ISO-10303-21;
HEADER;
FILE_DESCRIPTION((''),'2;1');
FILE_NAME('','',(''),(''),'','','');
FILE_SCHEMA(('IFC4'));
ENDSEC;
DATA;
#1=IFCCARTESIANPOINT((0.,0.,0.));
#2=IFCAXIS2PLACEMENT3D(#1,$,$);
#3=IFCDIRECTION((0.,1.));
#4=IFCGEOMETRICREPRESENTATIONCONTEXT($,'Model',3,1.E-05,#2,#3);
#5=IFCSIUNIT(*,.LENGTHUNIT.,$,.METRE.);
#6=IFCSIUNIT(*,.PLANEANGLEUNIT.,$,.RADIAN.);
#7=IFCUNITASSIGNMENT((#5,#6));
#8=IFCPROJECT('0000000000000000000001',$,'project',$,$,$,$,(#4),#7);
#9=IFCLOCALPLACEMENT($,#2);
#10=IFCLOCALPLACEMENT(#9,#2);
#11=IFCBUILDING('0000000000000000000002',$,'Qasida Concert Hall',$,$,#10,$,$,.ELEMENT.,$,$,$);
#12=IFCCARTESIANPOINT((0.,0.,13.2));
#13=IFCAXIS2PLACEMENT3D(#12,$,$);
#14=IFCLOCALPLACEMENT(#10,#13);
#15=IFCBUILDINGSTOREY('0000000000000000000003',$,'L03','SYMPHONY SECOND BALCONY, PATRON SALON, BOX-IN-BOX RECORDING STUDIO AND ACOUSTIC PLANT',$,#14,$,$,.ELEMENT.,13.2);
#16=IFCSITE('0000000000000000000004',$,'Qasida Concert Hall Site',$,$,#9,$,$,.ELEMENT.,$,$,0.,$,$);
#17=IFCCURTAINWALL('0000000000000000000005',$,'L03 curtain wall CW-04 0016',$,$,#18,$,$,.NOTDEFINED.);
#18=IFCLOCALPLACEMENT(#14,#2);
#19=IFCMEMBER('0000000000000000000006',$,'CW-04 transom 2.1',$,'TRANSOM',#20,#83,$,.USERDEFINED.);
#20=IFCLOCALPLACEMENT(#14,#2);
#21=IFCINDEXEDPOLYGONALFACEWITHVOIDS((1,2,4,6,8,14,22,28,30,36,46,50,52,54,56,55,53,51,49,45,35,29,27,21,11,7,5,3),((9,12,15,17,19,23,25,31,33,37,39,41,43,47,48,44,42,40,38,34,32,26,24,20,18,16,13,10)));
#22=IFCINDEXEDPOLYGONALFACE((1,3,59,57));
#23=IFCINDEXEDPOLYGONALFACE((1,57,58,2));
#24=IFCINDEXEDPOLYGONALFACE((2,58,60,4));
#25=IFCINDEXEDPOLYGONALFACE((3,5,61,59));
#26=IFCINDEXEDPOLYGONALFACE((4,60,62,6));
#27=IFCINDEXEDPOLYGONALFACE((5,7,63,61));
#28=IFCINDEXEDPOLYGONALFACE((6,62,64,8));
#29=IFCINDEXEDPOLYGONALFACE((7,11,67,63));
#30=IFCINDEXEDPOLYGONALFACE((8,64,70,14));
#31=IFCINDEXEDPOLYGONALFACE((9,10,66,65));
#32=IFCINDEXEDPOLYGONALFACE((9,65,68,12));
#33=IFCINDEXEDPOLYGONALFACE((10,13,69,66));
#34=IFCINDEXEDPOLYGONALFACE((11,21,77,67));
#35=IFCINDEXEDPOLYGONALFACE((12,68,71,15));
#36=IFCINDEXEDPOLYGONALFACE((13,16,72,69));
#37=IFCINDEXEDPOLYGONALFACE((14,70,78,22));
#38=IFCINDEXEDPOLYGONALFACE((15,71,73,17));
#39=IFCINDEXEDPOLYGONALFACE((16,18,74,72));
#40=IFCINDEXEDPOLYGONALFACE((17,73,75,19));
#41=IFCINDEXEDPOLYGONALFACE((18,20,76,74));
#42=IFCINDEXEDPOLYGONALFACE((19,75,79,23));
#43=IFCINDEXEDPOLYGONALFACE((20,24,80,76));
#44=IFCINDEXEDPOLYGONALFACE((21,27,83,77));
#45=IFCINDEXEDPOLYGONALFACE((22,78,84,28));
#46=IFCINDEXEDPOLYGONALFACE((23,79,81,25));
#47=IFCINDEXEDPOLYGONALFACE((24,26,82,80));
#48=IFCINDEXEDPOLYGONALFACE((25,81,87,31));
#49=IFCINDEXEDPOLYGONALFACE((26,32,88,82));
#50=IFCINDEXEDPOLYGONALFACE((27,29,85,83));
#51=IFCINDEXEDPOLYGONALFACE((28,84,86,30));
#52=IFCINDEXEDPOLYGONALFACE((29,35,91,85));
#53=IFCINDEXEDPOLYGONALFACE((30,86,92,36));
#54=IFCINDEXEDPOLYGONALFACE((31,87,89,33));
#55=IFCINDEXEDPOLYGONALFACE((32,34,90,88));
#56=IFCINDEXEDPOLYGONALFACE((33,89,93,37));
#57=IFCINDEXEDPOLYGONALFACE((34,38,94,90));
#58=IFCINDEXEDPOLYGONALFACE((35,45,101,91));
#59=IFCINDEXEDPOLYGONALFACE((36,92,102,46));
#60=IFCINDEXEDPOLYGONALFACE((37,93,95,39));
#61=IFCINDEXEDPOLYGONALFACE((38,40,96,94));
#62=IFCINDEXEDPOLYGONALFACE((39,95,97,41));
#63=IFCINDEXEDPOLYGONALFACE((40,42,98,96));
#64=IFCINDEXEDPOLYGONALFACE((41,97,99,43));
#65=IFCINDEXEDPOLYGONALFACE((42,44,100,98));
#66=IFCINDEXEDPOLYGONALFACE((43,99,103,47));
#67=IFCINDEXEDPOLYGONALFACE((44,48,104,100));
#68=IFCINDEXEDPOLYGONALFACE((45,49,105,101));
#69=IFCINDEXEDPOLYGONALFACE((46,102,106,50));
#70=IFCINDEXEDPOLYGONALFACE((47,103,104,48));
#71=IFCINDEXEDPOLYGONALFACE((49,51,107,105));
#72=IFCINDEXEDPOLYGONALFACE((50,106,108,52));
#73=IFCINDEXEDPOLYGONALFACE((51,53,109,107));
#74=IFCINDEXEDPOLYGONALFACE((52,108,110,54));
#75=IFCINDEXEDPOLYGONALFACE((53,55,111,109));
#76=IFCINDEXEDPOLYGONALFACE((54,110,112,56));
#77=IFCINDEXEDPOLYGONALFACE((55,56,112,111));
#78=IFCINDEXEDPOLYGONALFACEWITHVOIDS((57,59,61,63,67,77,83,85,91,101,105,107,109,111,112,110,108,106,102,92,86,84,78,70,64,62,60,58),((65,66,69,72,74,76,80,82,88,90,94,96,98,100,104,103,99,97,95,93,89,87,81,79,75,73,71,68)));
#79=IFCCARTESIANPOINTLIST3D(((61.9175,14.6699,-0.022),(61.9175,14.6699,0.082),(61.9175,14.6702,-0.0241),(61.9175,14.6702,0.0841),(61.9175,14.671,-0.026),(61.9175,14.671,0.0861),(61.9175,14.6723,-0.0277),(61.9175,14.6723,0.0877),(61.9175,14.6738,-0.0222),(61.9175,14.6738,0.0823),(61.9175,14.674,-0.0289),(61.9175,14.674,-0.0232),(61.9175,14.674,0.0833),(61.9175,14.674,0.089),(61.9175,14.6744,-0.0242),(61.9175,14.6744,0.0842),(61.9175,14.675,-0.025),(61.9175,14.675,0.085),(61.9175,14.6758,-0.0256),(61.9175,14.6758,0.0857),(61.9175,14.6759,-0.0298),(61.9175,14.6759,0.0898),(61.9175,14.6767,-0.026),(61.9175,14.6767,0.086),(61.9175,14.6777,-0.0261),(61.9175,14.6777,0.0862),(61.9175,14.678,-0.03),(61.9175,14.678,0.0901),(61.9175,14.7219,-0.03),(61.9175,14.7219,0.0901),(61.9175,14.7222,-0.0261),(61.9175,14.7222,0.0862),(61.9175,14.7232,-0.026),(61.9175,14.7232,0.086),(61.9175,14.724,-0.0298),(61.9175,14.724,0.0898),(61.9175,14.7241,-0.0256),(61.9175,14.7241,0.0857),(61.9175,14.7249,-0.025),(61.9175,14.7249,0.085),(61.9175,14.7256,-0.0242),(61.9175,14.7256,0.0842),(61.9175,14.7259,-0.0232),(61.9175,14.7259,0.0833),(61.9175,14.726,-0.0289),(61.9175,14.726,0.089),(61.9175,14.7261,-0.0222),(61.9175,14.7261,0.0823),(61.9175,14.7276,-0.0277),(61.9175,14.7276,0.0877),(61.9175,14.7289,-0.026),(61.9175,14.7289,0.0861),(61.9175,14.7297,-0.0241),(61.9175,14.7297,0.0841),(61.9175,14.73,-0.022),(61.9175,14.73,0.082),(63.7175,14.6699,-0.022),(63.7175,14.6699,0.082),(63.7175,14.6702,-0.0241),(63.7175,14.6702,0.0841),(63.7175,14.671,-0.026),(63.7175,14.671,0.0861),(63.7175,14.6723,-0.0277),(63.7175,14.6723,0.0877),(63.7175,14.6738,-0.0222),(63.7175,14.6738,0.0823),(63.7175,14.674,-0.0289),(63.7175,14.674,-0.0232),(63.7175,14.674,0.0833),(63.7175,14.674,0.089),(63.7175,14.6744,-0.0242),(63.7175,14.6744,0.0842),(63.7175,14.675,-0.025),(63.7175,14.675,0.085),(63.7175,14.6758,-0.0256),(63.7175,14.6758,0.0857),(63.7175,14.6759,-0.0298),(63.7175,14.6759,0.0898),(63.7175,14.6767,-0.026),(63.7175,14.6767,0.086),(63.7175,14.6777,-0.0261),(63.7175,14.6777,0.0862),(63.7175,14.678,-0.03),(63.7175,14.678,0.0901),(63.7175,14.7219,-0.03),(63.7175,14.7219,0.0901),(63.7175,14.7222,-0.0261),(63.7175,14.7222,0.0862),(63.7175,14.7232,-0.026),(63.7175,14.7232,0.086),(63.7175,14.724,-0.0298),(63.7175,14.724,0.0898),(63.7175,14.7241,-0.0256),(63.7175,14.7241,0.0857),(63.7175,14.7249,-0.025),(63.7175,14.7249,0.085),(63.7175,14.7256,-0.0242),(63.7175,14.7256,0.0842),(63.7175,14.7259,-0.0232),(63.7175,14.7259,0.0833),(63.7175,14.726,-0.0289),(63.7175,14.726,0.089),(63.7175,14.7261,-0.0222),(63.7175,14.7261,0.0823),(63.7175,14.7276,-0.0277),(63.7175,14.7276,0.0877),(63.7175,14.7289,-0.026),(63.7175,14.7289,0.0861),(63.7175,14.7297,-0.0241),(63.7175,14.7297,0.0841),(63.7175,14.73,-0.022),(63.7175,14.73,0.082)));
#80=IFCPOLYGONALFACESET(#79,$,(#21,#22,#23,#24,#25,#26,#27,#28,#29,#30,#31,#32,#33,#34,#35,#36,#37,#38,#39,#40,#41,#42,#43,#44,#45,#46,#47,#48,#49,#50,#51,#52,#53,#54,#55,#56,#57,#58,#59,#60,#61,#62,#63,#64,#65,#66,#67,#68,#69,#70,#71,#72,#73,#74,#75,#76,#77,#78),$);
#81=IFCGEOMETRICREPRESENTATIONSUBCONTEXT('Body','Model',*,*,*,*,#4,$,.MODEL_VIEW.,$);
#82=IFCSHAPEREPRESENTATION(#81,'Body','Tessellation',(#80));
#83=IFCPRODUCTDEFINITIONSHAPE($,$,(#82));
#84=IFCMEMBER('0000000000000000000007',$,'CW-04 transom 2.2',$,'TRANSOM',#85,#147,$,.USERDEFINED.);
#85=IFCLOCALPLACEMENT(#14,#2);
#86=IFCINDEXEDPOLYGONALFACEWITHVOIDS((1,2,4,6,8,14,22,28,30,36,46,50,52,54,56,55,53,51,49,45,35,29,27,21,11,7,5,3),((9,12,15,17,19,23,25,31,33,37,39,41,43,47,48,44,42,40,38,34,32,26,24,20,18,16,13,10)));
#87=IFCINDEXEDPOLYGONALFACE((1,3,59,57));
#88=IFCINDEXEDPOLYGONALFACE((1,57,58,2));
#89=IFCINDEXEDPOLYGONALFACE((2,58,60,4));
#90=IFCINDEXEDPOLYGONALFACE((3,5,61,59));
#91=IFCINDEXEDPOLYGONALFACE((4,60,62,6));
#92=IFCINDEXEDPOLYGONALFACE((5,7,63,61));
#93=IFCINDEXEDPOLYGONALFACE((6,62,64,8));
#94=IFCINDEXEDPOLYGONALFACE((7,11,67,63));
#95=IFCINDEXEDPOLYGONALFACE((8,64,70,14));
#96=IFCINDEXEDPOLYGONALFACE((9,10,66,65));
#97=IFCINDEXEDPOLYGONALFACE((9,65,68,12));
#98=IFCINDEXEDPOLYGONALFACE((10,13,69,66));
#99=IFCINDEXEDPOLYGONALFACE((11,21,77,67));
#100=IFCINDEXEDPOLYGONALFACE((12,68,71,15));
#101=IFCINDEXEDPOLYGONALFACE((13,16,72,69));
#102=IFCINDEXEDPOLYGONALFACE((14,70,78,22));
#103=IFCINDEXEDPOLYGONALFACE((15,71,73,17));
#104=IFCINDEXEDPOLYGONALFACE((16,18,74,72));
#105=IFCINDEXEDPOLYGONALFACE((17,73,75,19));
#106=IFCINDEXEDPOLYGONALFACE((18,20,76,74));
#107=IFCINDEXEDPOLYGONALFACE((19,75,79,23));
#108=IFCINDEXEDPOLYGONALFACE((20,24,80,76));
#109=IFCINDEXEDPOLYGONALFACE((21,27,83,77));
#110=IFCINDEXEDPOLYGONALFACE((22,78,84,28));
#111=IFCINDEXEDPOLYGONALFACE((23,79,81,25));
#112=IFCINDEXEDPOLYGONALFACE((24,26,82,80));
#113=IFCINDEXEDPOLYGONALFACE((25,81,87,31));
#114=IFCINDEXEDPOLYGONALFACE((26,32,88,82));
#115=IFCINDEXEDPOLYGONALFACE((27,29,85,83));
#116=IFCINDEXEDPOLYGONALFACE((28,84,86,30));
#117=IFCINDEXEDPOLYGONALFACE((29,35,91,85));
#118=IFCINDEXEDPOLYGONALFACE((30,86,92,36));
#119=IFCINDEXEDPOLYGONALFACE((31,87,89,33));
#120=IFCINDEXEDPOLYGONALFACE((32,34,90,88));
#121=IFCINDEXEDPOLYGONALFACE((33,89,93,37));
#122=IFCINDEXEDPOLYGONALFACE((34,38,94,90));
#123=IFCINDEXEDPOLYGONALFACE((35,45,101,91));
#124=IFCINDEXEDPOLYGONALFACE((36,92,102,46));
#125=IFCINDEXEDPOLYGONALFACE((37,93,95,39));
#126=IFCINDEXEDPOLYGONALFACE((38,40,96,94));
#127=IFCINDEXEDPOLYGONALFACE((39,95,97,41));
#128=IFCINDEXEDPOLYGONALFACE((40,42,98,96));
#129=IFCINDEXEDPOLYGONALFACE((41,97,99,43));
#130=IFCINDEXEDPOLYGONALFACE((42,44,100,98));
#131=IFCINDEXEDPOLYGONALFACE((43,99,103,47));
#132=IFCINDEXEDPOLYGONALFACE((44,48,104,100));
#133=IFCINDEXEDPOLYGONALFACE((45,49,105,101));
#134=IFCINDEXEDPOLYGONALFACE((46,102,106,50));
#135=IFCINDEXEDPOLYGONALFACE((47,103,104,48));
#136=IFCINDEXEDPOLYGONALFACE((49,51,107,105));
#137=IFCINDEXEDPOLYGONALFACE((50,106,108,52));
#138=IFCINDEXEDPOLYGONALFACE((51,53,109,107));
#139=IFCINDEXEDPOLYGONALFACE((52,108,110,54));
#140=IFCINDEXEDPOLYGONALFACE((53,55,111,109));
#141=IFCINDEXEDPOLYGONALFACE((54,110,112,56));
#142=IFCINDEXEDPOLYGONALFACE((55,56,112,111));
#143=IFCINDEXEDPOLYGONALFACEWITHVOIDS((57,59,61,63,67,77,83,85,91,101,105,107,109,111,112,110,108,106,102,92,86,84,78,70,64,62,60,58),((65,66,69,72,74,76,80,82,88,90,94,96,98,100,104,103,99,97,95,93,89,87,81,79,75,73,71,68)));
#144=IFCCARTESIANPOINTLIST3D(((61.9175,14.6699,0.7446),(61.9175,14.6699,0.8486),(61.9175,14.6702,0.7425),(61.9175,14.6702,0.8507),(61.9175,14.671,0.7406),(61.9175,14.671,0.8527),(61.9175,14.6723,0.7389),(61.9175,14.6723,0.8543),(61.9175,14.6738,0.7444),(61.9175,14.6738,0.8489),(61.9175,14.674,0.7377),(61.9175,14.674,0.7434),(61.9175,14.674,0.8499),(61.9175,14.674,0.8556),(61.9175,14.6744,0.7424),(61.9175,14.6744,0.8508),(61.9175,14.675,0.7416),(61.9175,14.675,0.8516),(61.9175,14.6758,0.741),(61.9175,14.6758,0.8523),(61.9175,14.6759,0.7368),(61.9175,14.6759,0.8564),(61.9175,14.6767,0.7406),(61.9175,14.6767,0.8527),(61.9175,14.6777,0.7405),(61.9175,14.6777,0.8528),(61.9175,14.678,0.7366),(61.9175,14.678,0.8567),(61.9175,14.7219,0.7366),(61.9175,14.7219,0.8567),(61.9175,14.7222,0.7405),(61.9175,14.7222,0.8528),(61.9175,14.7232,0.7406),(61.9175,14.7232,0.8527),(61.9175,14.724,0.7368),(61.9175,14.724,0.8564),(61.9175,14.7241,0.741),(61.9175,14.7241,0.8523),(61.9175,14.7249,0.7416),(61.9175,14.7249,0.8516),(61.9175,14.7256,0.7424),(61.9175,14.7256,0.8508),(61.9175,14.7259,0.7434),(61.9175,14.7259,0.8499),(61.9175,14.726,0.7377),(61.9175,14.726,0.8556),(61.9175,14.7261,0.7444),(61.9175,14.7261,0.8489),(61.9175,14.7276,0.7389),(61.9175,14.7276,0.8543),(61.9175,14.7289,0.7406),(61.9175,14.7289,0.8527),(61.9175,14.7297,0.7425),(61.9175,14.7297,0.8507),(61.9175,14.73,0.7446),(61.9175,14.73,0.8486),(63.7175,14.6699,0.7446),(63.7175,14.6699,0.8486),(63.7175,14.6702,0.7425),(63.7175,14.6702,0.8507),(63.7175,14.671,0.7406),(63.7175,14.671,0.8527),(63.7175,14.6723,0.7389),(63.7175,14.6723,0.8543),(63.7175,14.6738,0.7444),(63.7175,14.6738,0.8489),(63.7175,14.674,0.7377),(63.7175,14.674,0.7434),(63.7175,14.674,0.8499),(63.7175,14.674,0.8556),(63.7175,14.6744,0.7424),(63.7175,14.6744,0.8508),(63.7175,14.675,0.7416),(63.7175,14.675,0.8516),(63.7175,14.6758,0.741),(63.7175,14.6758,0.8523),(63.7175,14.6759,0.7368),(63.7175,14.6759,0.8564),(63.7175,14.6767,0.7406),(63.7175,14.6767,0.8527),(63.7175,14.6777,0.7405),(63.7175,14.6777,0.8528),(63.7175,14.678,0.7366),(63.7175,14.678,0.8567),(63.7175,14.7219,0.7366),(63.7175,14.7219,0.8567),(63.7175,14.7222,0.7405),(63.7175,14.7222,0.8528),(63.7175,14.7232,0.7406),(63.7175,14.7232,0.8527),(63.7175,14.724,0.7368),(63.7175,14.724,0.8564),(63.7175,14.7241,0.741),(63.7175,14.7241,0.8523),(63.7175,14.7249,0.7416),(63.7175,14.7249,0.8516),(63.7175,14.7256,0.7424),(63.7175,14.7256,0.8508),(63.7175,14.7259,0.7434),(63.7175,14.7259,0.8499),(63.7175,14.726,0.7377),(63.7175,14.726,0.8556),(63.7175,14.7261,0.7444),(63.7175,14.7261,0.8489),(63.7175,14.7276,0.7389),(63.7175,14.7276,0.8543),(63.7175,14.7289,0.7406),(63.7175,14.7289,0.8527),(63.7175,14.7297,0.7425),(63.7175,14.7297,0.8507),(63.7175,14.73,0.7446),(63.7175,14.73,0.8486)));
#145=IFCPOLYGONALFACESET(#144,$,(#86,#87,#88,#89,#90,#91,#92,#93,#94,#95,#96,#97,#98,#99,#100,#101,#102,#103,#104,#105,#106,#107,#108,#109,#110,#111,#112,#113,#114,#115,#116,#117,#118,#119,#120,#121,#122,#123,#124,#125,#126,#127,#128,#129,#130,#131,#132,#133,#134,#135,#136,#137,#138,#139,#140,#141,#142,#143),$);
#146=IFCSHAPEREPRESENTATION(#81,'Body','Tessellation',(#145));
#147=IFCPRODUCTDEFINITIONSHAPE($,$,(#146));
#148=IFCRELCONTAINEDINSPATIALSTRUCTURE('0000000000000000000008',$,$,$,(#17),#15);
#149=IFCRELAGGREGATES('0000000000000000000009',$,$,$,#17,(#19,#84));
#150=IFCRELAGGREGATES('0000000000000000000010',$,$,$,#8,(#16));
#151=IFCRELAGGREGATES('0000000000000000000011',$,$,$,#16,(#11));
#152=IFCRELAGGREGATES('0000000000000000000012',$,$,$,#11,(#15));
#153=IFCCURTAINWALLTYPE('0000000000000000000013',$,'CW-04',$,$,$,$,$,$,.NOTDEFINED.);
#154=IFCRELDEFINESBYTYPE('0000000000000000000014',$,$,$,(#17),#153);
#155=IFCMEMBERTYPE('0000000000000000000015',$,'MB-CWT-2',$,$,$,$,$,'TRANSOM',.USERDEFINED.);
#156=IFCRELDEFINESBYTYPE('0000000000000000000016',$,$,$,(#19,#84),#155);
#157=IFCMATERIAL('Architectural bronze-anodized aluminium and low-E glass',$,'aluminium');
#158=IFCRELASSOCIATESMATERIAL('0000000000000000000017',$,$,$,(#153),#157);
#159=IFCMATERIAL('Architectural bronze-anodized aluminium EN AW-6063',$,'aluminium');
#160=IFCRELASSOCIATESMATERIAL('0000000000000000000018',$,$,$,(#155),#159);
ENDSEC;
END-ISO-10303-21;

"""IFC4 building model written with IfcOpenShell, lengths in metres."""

from ifc_helpers import new_model, si_unit, direction, frame, origin, origin_2d, place, context, subcontext, project, spatial, hollow_rectangle, extrude, material, material_profile, profile_set, type_object, element, aggregate, save


model = new_model("IFC4")

# Units and contexts
model_context = context("Model", 3, precision=1e-05, world=origin(), true_north=direction((0.0, 1.0)))
body_context = subcontext(model_context, "Body", "Model", "MODEL_VIEW")
ifc_project = project(units=[si_unit("LENGTHUNIT", "METRE"), si_unit("PLANEANGLEUNIT", "RADIAN")], contexts=[model_context])

# Site, building, storey
site_placement = place(None, origin())
site = spatial("IfcSite", under=ifc_project, at=site_placement, Name="Qasida Concert Hall Site", CompositionType="ELEMENT", RefElevation=0.0)
building_placement = place(site_placement, origin())
building = spatial("IfcBuilding", under=site, at=building_placement, Name="Qasida Concert Hall", CompositionType="ELEMENT")
storey_placement = place(building_placement, frame((0.0, 0.0, 13.2)))
storey = spatial("IfcBuildingStorey", under=building, at=storey_placement, Name="L03", Description="SYMPHONY SECOND BALCONY, PATRON SALON, BOX-IN-BOX RECORDING STUDIO AND ACOUSTIC PLANT", CompositionType="ELEMENT", Elevation=13.2)

# Curtain wall, members
ifc_material_1 = material(Name="Architectural bronze-anodized aluminium and low-E glass", Category="aluminium")
curtain_wall_type = type_object("IfcCurtainWallType", Name="CW-04", PredefinedType="NOTDEFINED", material=ifc_material_1)
curtain_wall_placement = place(storey_placement, origin())
curtain_wall = element("IfcCurtainWall", 1, at=curtain_wall_placement, inside=storey, type_object=curtain_wall_type, Name="L03 curtain wall CW-04 0016", PredefinedType="NOTDEFINED")
ifc_material_2 = material(Name="Architectural bronze-anodized aluminium EN AW-6063", Category="aluminium")
ifc_material_profile_1 = material_profile(ifc_material_2, hollow_rectangle(XDim=0.0601, YDim=0.1201, WallThickness=0.0039, InnerFilletRadius=0.0039, OuterFilletRadius=0.0081, at=origin_2d()), Name="CWT 120x60x4")
ifc_profile_set_1 = profile_set([ifc_material_profile_1], Name="Architectural bronze-anodized aluminium EN AW-6063")
member_type_1 = type_object("IfcMemberType", Name="MB-CWT-2", ElementType="TRANSOM", PredefinedType="USERDEFINED", material=ifc_profile_set_1)
member_1_placement = place(storey_placement, frame((61.9175, 14.7, 0.03), z_axis=(1.0, 0.0, 0.0), x_axis=(0.0, 1.0, 0.0)))
member_1 = element("IfcMember", 2, at=member_1_placement, type_object=member_type_1, Name="CW-04 transom 2.1", ObjectType="TRANSOM", PredefinedType="USERDEFINED", context=body_context, shape_type="SweptSolid", body=[
    extrude(hollow_rectangle(XDim=0.0601, YDim=0.1201, WallThickness=0.0039, InnerFilletRadius=0.0039, OuterFilletRadius=0.0081, at=origin_2d()), origin(), (0.0, 0.0, 1.0), 1.8),
])
member_2_placement = place(storey_placement, frame((61.9175, 14.7, 0.7966), z_axis=(1.0, 0.0, 0.0), x_axis=(0.0, 1.0, 0.0)))
member_2 = element("IfcMember", 3, at=member_2_placement, type_object=member_type_1, Name="CW-04 transom 2.2", ObjectType="TRANSOM", PredefinedType="USERDEFINED", context=body_context, shape_type="SweptSolid", body=[
    extrude(hollow_rectangle(XDim=0.0601, YDim=0.1201, WallThickness=0.0039, InnerFilletRadius=0.0039, OuterFilletRadius=0.0081, at=origin_2d()), origin(), (0.0, 0.0, 1.0), 1.8),
])
aggregate(curtain_wall, [member_1, member_2])

save(model, "model.ifc")
